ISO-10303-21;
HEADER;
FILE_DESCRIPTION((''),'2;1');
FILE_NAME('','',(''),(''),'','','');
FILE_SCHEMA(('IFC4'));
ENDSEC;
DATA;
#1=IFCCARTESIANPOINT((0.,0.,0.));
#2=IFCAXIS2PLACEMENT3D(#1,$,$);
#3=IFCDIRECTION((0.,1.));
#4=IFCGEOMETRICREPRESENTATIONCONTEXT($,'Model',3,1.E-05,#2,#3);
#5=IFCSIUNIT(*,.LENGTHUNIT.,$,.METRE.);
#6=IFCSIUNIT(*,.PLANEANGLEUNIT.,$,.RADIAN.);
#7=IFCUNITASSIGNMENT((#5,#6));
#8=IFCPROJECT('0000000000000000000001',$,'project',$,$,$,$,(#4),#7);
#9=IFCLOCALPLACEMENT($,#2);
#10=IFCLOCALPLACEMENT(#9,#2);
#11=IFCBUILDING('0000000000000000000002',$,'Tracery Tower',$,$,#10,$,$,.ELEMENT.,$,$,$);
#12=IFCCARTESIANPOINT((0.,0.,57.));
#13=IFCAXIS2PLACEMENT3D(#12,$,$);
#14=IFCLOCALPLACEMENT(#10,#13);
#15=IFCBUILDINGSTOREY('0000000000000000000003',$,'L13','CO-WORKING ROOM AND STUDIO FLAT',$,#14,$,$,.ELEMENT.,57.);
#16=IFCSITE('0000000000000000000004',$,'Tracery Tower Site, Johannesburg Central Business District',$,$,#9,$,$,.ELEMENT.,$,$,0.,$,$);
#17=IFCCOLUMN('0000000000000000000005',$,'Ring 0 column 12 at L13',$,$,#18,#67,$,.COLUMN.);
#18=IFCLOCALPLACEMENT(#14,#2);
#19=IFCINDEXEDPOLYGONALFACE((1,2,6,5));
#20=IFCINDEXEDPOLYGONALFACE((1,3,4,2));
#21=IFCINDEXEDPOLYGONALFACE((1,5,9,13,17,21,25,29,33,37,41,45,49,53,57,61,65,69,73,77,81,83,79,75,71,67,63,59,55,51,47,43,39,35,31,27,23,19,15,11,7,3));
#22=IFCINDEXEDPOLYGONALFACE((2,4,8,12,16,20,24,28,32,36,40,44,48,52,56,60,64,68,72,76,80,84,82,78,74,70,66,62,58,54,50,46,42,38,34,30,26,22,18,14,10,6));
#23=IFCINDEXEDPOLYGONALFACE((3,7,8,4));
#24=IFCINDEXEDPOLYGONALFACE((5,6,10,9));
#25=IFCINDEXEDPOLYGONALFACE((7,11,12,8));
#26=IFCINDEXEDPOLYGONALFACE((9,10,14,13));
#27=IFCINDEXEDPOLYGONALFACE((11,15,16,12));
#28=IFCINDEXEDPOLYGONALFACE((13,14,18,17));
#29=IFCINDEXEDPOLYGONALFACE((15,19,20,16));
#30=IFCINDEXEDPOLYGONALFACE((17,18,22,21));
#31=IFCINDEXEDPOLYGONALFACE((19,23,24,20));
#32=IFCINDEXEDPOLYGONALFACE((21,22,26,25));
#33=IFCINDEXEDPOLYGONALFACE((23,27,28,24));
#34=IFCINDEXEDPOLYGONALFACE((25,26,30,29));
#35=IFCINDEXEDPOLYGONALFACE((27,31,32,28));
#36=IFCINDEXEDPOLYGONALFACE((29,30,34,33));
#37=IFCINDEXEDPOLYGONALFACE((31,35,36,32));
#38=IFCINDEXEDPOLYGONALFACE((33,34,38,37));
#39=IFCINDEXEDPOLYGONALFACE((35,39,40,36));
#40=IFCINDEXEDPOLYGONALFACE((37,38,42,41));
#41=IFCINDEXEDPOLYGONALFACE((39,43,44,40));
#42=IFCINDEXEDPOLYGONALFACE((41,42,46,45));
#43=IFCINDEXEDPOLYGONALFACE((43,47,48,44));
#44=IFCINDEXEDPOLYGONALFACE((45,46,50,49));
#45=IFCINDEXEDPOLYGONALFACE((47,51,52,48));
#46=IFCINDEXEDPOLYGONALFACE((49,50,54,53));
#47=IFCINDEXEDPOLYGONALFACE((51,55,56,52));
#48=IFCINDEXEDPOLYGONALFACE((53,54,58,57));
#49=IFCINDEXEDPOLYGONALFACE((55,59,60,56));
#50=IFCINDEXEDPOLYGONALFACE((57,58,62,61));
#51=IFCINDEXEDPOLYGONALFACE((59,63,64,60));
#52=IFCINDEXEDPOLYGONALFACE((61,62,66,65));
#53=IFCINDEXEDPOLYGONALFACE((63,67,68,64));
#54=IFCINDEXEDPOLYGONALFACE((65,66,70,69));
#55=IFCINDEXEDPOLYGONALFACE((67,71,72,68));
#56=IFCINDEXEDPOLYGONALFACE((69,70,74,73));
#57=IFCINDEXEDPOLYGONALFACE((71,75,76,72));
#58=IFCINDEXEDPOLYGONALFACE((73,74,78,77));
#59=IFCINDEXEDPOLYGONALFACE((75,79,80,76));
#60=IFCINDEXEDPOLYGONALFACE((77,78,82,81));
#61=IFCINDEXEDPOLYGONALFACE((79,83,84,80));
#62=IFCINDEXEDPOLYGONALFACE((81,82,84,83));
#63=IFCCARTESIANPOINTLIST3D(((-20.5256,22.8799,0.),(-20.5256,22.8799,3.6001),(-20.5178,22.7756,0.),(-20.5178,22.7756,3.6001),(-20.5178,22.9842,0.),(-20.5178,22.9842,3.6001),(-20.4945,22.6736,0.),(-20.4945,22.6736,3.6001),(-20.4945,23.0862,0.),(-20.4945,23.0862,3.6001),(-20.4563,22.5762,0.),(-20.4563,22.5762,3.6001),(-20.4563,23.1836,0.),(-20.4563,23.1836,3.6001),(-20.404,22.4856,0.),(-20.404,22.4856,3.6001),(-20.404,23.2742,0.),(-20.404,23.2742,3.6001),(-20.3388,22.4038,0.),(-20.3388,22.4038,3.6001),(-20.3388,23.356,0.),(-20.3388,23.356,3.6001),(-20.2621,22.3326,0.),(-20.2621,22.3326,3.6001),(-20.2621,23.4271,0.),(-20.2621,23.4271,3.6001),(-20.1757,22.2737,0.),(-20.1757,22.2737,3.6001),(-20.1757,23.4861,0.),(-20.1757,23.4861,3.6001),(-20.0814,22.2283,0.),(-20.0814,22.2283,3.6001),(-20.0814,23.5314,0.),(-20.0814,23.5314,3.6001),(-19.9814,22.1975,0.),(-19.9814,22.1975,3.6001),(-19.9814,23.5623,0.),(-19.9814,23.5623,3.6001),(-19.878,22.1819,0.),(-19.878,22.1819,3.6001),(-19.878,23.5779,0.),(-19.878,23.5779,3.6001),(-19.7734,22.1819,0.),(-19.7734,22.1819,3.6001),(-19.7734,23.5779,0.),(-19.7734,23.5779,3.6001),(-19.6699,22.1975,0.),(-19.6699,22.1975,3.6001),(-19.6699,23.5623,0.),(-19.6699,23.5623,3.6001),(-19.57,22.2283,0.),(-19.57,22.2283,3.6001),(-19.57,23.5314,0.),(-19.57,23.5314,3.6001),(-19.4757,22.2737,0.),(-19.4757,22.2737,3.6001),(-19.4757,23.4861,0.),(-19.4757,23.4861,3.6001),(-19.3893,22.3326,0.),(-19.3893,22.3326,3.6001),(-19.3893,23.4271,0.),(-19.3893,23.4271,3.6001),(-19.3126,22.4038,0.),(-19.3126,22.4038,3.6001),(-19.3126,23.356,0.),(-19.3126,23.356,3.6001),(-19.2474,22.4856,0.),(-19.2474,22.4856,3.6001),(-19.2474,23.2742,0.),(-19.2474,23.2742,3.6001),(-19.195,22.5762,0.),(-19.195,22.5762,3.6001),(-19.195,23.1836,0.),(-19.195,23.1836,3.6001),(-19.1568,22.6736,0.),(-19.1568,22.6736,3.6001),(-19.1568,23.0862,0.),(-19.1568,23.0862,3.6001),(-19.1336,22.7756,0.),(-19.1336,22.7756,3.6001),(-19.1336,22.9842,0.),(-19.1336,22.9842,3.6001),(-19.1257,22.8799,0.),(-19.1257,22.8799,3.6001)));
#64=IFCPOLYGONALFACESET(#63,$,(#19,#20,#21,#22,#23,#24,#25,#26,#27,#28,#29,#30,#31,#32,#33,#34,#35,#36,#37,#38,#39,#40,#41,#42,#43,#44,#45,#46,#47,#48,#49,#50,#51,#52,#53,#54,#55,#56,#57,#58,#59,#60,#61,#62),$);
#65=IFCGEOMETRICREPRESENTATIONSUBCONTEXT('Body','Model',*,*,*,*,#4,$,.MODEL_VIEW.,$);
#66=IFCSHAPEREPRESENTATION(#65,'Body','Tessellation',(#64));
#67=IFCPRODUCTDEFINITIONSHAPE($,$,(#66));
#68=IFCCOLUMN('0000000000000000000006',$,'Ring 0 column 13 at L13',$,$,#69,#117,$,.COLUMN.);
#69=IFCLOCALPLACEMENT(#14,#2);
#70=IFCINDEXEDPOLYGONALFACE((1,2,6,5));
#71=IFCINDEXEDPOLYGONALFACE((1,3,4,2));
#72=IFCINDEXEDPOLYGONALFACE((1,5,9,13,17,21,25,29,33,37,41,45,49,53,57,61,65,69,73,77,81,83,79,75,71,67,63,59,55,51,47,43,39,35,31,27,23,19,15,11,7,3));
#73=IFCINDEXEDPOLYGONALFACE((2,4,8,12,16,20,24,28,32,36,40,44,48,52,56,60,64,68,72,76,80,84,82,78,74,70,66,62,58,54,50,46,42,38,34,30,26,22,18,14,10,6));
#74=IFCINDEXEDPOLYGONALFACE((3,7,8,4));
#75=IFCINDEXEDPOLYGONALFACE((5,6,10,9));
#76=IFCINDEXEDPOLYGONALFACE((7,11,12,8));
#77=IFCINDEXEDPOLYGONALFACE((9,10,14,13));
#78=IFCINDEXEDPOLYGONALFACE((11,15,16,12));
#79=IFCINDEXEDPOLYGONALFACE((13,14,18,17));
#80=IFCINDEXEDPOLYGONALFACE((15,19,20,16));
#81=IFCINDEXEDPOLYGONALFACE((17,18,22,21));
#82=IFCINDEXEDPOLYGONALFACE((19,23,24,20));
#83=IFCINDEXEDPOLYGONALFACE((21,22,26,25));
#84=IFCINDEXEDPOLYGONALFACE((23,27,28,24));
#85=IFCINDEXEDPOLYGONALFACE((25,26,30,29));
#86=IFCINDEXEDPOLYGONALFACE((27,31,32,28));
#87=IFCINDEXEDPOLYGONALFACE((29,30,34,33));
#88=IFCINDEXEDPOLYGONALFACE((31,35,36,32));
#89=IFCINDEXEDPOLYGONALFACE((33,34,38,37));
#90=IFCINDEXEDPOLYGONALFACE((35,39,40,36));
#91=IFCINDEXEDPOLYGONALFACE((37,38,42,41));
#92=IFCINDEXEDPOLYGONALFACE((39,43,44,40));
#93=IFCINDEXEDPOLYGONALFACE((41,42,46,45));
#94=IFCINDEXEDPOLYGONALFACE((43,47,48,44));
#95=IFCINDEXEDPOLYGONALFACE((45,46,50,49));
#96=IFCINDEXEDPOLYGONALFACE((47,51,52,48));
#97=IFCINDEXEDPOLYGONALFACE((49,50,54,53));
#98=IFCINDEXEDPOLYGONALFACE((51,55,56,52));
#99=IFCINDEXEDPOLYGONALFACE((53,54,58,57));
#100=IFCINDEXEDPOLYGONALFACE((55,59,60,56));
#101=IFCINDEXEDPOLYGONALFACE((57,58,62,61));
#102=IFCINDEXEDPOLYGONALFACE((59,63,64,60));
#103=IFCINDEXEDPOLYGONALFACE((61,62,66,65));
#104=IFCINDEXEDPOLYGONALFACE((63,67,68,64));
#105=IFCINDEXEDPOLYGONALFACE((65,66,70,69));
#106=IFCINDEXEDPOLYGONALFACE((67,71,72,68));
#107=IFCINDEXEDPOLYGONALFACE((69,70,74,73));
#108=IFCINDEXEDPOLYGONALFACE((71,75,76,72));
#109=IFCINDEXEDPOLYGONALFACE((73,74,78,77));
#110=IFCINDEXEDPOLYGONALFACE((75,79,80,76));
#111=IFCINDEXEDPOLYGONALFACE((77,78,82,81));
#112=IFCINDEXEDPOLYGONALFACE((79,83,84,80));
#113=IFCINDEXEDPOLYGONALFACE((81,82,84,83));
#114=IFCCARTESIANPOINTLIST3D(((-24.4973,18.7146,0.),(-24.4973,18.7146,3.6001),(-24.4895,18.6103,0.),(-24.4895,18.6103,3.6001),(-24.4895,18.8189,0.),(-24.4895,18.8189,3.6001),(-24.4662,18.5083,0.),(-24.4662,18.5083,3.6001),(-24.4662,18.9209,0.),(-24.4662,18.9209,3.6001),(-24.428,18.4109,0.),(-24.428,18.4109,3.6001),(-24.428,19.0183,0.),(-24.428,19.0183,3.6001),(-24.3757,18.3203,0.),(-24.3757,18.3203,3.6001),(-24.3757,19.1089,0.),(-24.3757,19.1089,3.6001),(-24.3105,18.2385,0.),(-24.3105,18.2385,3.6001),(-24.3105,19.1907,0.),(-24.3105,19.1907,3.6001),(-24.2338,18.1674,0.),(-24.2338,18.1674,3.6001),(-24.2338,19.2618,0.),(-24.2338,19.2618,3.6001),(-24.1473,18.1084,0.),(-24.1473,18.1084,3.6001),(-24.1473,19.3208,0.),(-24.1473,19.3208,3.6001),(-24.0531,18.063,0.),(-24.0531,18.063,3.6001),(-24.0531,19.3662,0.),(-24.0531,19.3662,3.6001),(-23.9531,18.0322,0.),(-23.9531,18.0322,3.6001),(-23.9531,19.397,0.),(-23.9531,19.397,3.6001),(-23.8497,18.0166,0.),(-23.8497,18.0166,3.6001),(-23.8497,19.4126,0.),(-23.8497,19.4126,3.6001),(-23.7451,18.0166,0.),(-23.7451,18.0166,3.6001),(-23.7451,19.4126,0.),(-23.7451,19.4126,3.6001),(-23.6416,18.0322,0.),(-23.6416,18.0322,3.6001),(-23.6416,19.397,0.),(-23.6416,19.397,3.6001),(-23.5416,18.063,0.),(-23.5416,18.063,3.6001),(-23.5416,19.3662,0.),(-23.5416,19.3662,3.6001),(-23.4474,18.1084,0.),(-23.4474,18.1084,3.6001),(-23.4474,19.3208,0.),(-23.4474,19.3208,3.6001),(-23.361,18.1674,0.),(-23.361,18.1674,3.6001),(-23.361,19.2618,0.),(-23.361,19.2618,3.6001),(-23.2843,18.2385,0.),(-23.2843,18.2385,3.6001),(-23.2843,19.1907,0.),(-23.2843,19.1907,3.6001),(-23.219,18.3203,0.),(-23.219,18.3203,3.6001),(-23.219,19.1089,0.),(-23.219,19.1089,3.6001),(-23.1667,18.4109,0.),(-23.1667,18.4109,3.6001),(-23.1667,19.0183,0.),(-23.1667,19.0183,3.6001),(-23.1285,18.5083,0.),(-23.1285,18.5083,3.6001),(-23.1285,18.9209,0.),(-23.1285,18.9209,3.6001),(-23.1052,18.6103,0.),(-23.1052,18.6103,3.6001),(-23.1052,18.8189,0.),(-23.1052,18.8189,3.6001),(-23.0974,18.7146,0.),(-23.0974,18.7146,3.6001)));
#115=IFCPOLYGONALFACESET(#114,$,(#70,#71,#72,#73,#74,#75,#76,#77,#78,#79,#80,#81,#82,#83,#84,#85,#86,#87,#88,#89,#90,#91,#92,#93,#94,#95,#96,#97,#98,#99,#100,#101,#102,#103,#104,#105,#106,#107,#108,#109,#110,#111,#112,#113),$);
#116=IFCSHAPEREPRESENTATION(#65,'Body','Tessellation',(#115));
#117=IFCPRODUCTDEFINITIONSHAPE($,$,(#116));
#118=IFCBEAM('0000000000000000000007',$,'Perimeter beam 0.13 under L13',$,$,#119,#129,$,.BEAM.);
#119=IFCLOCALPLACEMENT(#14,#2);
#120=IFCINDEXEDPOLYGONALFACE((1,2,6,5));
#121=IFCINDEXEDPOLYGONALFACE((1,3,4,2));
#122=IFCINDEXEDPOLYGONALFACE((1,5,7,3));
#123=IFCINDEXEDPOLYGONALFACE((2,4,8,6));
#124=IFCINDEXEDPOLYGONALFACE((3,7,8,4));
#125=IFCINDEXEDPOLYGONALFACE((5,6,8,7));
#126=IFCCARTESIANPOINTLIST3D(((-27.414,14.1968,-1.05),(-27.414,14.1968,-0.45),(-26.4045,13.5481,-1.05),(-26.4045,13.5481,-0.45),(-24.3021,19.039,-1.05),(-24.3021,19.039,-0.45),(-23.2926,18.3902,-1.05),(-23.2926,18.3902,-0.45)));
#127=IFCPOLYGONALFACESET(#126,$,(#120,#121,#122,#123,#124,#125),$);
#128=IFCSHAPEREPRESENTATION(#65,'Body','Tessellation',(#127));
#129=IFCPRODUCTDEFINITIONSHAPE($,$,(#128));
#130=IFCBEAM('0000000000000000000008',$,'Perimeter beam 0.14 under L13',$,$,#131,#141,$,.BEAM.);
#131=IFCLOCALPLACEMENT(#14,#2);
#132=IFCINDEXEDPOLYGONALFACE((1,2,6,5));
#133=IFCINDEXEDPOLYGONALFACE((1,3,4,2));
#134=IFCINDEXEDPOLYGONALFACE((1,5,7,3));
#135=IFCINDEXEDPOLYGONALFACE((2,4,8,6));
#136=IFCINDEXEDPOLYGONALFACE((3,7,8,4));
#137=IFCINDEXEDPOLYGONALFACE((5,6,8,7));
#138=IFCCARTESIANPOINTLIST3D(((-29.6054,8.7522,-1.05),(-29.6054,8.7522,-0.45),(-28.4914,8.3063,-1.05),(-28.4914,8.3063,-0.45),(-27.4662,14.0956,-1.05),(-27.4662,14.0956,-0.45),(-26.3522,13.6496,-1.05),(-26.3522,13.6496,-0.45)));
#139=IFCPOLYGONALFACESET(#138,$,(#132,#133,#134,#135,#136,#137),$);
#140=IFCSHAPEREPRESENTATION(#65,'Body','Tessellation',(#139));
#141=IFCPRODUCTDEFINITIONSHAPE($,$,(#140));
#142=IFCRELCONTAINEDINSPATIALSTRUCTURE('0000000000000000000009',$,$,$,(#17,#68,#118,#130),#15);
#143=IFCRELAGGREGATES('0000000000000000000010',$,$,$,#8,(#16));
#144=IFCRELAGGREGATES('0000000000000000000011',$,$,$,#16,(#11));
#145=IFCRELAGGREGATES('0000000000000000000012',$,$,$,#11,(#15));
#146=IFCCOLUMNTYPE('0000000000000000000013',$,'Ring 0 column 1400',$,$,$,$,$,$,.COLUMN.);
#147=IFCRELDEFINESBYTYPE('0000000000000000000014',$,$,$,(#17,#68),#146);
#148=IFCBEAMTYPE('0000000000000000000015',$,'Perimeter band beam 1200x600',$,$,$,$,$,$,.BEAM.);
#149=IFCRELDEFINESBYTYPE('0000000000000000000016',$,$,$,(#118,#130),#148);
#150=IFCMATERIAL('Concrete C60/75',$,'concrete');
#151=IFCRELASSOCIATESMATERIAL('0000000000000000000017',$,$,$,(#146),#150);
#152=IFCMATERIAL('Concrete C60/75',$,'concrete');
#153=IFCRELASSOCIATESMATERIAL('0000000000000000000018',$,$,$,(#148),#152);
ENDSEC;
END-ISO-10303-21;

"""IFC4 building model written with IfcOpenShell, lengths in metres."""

from ifc_helpers import new_model, si_unit, direction, frame, origin, origin_2d, place, context, subcontext, project, spatial, rectangle, circle, extrude, material, material_profile, profile_set, type_object, element, save


model = new_model("IFC4")

# Units and contexts
model_context = context("Model", 3, precision=1e-05, world=origin(), true_north=direction((0.0, 1.0)))
body_context = subcontext(model_context, "Body", "Model", "MODEL_VIEW")
ifc_project = project(units=[si_unit("LENGTHUNIT", "METRE"), si_unit("PLANEANGLEUNIT", "RADIAN")], contexts=[model_context])

# Site, building, storey
site_placement = place(None, origin())
site = spatial("IfcSite", under=ifc_project, at=site_placement, Name="Tracery Tower Site, Johannesburg Central Business District", CompositionType="ELEMENT", RefElevation=0.0)
building_placement = place(site_placement, origin())
building = spatial("IfcBuilding", under=site, at=building_placement, Name="Tracery Tower", CompositionType="ELEMENT")
storey_placement = place(building_placement, frame((0.0, 0.0, 57.0)))
storey = spatial("IfcBuildingStorey", under=building, at=storey_placement, Name="L13", Description="CO-WORKING ROOM AND STUDIO FLAT", CompositionType="ELEMENT", Elevation=57.0)

# Columns
ifc_material_1 = material(Name="Concrete C60/75", Category="concrete")
ifc_material_profile_1 = material_profile(ifc_material_1, circle(Radius=0.7, at=origin_2d()), Name="RC D1400")
ifc_profile_set_1 = profile_set([ifc_material_profile_1], Name="Concrete C60/75")
column_type = type_object("IfcColumnType", Name="Ring 0 column 1400", PredefinedType="COLUMN", material=ifc_profile_set_1)
for number, where, z_axis, x_axis, name in (
    (1, (-19.8257, 22.8799, 0.0), (0.0, 0.0, 1.0), (1.0, 0.0, 0.0), "Ring 0 column 12 at L13"),
    (2, (-23.7974, 18.7146, 0.0), (0.0, 0.0, 1.0), (1.0, 0.0, 0.0), "Ring 0 column 13 at L13"),
):
    element("IfcColumn", number, at=place(storey_placement, frame(where, z_axis=z_axis, x_axis=x_axis)), inside=storey, type_object=column_type, Name=name, PredefinedType="COLUMN", context=body_context, shape_type="SweptSolid", body=[
        extrude(circle(Radius=0.7, at=origin_2d()), origin(), (0.0, 0.0, 1.0), 3.6001),
    ])

# Beams
ifc_material_2 = material(Name="Concrete C60/75", Category="concrete")
ifc_material_profile_2 = material_profile(ifc_material_2, rectangle(XDim=1.2, YDim=0.6001, at=origin_2d()), Name="RC 1200x600")
ifc_profile_set_2 = profile_set([ifc_material_profile_2], Name="Concrete C60/75")
beam_type = type_object("IfcBeamType", Name="Perimeter band beam 1200x600", PredefinedType="BEAM", material=ifc_profile_set_2)
beam_1_placement = place(storey_placement, frame((-23.7974, 18.7146, -0.75), z_axis=(-0.540644, -0.841252, 0.0), x_axis=(0.841252, -0.540644, 0.0)))
element("IfcBeam", 3, at=beam_1_placement, inside=storey, type_object=beam_type, Name="Perimeter beam 0.13 under L13", PredefinedType="BEAM", context=body_context, shape_type="SweptSolid", body=[
    extrude(rectangle(XDim=1.2, YDim=0.6001, at=origin_2d()), origin(), (0.0, 0.0, 1.0), 5.7559),
])
beam_2_placement = place(storey_placement, frame((-26.9092, 13.8726, -0.75), z_axis=(-0.371669, -0.928365, 0.0), x_axis=(0.928365, -0.371669, 0.0)))
element("IfcBeam", 4, at=beam_2_placement, inside=storey, type_object=beam_type, Name="Perimeter beam 0.14 under L13", PredefinedType="BEAM", context=body_context, shape_type="SweptSolid", body=[
    extrude(rectangle(XDim=1.2, YDim=0.6001, at=origin_2d()), origin(), (0.0, 0.0, 1.0), 5.7556),
])

save(model, "model.ifc")
